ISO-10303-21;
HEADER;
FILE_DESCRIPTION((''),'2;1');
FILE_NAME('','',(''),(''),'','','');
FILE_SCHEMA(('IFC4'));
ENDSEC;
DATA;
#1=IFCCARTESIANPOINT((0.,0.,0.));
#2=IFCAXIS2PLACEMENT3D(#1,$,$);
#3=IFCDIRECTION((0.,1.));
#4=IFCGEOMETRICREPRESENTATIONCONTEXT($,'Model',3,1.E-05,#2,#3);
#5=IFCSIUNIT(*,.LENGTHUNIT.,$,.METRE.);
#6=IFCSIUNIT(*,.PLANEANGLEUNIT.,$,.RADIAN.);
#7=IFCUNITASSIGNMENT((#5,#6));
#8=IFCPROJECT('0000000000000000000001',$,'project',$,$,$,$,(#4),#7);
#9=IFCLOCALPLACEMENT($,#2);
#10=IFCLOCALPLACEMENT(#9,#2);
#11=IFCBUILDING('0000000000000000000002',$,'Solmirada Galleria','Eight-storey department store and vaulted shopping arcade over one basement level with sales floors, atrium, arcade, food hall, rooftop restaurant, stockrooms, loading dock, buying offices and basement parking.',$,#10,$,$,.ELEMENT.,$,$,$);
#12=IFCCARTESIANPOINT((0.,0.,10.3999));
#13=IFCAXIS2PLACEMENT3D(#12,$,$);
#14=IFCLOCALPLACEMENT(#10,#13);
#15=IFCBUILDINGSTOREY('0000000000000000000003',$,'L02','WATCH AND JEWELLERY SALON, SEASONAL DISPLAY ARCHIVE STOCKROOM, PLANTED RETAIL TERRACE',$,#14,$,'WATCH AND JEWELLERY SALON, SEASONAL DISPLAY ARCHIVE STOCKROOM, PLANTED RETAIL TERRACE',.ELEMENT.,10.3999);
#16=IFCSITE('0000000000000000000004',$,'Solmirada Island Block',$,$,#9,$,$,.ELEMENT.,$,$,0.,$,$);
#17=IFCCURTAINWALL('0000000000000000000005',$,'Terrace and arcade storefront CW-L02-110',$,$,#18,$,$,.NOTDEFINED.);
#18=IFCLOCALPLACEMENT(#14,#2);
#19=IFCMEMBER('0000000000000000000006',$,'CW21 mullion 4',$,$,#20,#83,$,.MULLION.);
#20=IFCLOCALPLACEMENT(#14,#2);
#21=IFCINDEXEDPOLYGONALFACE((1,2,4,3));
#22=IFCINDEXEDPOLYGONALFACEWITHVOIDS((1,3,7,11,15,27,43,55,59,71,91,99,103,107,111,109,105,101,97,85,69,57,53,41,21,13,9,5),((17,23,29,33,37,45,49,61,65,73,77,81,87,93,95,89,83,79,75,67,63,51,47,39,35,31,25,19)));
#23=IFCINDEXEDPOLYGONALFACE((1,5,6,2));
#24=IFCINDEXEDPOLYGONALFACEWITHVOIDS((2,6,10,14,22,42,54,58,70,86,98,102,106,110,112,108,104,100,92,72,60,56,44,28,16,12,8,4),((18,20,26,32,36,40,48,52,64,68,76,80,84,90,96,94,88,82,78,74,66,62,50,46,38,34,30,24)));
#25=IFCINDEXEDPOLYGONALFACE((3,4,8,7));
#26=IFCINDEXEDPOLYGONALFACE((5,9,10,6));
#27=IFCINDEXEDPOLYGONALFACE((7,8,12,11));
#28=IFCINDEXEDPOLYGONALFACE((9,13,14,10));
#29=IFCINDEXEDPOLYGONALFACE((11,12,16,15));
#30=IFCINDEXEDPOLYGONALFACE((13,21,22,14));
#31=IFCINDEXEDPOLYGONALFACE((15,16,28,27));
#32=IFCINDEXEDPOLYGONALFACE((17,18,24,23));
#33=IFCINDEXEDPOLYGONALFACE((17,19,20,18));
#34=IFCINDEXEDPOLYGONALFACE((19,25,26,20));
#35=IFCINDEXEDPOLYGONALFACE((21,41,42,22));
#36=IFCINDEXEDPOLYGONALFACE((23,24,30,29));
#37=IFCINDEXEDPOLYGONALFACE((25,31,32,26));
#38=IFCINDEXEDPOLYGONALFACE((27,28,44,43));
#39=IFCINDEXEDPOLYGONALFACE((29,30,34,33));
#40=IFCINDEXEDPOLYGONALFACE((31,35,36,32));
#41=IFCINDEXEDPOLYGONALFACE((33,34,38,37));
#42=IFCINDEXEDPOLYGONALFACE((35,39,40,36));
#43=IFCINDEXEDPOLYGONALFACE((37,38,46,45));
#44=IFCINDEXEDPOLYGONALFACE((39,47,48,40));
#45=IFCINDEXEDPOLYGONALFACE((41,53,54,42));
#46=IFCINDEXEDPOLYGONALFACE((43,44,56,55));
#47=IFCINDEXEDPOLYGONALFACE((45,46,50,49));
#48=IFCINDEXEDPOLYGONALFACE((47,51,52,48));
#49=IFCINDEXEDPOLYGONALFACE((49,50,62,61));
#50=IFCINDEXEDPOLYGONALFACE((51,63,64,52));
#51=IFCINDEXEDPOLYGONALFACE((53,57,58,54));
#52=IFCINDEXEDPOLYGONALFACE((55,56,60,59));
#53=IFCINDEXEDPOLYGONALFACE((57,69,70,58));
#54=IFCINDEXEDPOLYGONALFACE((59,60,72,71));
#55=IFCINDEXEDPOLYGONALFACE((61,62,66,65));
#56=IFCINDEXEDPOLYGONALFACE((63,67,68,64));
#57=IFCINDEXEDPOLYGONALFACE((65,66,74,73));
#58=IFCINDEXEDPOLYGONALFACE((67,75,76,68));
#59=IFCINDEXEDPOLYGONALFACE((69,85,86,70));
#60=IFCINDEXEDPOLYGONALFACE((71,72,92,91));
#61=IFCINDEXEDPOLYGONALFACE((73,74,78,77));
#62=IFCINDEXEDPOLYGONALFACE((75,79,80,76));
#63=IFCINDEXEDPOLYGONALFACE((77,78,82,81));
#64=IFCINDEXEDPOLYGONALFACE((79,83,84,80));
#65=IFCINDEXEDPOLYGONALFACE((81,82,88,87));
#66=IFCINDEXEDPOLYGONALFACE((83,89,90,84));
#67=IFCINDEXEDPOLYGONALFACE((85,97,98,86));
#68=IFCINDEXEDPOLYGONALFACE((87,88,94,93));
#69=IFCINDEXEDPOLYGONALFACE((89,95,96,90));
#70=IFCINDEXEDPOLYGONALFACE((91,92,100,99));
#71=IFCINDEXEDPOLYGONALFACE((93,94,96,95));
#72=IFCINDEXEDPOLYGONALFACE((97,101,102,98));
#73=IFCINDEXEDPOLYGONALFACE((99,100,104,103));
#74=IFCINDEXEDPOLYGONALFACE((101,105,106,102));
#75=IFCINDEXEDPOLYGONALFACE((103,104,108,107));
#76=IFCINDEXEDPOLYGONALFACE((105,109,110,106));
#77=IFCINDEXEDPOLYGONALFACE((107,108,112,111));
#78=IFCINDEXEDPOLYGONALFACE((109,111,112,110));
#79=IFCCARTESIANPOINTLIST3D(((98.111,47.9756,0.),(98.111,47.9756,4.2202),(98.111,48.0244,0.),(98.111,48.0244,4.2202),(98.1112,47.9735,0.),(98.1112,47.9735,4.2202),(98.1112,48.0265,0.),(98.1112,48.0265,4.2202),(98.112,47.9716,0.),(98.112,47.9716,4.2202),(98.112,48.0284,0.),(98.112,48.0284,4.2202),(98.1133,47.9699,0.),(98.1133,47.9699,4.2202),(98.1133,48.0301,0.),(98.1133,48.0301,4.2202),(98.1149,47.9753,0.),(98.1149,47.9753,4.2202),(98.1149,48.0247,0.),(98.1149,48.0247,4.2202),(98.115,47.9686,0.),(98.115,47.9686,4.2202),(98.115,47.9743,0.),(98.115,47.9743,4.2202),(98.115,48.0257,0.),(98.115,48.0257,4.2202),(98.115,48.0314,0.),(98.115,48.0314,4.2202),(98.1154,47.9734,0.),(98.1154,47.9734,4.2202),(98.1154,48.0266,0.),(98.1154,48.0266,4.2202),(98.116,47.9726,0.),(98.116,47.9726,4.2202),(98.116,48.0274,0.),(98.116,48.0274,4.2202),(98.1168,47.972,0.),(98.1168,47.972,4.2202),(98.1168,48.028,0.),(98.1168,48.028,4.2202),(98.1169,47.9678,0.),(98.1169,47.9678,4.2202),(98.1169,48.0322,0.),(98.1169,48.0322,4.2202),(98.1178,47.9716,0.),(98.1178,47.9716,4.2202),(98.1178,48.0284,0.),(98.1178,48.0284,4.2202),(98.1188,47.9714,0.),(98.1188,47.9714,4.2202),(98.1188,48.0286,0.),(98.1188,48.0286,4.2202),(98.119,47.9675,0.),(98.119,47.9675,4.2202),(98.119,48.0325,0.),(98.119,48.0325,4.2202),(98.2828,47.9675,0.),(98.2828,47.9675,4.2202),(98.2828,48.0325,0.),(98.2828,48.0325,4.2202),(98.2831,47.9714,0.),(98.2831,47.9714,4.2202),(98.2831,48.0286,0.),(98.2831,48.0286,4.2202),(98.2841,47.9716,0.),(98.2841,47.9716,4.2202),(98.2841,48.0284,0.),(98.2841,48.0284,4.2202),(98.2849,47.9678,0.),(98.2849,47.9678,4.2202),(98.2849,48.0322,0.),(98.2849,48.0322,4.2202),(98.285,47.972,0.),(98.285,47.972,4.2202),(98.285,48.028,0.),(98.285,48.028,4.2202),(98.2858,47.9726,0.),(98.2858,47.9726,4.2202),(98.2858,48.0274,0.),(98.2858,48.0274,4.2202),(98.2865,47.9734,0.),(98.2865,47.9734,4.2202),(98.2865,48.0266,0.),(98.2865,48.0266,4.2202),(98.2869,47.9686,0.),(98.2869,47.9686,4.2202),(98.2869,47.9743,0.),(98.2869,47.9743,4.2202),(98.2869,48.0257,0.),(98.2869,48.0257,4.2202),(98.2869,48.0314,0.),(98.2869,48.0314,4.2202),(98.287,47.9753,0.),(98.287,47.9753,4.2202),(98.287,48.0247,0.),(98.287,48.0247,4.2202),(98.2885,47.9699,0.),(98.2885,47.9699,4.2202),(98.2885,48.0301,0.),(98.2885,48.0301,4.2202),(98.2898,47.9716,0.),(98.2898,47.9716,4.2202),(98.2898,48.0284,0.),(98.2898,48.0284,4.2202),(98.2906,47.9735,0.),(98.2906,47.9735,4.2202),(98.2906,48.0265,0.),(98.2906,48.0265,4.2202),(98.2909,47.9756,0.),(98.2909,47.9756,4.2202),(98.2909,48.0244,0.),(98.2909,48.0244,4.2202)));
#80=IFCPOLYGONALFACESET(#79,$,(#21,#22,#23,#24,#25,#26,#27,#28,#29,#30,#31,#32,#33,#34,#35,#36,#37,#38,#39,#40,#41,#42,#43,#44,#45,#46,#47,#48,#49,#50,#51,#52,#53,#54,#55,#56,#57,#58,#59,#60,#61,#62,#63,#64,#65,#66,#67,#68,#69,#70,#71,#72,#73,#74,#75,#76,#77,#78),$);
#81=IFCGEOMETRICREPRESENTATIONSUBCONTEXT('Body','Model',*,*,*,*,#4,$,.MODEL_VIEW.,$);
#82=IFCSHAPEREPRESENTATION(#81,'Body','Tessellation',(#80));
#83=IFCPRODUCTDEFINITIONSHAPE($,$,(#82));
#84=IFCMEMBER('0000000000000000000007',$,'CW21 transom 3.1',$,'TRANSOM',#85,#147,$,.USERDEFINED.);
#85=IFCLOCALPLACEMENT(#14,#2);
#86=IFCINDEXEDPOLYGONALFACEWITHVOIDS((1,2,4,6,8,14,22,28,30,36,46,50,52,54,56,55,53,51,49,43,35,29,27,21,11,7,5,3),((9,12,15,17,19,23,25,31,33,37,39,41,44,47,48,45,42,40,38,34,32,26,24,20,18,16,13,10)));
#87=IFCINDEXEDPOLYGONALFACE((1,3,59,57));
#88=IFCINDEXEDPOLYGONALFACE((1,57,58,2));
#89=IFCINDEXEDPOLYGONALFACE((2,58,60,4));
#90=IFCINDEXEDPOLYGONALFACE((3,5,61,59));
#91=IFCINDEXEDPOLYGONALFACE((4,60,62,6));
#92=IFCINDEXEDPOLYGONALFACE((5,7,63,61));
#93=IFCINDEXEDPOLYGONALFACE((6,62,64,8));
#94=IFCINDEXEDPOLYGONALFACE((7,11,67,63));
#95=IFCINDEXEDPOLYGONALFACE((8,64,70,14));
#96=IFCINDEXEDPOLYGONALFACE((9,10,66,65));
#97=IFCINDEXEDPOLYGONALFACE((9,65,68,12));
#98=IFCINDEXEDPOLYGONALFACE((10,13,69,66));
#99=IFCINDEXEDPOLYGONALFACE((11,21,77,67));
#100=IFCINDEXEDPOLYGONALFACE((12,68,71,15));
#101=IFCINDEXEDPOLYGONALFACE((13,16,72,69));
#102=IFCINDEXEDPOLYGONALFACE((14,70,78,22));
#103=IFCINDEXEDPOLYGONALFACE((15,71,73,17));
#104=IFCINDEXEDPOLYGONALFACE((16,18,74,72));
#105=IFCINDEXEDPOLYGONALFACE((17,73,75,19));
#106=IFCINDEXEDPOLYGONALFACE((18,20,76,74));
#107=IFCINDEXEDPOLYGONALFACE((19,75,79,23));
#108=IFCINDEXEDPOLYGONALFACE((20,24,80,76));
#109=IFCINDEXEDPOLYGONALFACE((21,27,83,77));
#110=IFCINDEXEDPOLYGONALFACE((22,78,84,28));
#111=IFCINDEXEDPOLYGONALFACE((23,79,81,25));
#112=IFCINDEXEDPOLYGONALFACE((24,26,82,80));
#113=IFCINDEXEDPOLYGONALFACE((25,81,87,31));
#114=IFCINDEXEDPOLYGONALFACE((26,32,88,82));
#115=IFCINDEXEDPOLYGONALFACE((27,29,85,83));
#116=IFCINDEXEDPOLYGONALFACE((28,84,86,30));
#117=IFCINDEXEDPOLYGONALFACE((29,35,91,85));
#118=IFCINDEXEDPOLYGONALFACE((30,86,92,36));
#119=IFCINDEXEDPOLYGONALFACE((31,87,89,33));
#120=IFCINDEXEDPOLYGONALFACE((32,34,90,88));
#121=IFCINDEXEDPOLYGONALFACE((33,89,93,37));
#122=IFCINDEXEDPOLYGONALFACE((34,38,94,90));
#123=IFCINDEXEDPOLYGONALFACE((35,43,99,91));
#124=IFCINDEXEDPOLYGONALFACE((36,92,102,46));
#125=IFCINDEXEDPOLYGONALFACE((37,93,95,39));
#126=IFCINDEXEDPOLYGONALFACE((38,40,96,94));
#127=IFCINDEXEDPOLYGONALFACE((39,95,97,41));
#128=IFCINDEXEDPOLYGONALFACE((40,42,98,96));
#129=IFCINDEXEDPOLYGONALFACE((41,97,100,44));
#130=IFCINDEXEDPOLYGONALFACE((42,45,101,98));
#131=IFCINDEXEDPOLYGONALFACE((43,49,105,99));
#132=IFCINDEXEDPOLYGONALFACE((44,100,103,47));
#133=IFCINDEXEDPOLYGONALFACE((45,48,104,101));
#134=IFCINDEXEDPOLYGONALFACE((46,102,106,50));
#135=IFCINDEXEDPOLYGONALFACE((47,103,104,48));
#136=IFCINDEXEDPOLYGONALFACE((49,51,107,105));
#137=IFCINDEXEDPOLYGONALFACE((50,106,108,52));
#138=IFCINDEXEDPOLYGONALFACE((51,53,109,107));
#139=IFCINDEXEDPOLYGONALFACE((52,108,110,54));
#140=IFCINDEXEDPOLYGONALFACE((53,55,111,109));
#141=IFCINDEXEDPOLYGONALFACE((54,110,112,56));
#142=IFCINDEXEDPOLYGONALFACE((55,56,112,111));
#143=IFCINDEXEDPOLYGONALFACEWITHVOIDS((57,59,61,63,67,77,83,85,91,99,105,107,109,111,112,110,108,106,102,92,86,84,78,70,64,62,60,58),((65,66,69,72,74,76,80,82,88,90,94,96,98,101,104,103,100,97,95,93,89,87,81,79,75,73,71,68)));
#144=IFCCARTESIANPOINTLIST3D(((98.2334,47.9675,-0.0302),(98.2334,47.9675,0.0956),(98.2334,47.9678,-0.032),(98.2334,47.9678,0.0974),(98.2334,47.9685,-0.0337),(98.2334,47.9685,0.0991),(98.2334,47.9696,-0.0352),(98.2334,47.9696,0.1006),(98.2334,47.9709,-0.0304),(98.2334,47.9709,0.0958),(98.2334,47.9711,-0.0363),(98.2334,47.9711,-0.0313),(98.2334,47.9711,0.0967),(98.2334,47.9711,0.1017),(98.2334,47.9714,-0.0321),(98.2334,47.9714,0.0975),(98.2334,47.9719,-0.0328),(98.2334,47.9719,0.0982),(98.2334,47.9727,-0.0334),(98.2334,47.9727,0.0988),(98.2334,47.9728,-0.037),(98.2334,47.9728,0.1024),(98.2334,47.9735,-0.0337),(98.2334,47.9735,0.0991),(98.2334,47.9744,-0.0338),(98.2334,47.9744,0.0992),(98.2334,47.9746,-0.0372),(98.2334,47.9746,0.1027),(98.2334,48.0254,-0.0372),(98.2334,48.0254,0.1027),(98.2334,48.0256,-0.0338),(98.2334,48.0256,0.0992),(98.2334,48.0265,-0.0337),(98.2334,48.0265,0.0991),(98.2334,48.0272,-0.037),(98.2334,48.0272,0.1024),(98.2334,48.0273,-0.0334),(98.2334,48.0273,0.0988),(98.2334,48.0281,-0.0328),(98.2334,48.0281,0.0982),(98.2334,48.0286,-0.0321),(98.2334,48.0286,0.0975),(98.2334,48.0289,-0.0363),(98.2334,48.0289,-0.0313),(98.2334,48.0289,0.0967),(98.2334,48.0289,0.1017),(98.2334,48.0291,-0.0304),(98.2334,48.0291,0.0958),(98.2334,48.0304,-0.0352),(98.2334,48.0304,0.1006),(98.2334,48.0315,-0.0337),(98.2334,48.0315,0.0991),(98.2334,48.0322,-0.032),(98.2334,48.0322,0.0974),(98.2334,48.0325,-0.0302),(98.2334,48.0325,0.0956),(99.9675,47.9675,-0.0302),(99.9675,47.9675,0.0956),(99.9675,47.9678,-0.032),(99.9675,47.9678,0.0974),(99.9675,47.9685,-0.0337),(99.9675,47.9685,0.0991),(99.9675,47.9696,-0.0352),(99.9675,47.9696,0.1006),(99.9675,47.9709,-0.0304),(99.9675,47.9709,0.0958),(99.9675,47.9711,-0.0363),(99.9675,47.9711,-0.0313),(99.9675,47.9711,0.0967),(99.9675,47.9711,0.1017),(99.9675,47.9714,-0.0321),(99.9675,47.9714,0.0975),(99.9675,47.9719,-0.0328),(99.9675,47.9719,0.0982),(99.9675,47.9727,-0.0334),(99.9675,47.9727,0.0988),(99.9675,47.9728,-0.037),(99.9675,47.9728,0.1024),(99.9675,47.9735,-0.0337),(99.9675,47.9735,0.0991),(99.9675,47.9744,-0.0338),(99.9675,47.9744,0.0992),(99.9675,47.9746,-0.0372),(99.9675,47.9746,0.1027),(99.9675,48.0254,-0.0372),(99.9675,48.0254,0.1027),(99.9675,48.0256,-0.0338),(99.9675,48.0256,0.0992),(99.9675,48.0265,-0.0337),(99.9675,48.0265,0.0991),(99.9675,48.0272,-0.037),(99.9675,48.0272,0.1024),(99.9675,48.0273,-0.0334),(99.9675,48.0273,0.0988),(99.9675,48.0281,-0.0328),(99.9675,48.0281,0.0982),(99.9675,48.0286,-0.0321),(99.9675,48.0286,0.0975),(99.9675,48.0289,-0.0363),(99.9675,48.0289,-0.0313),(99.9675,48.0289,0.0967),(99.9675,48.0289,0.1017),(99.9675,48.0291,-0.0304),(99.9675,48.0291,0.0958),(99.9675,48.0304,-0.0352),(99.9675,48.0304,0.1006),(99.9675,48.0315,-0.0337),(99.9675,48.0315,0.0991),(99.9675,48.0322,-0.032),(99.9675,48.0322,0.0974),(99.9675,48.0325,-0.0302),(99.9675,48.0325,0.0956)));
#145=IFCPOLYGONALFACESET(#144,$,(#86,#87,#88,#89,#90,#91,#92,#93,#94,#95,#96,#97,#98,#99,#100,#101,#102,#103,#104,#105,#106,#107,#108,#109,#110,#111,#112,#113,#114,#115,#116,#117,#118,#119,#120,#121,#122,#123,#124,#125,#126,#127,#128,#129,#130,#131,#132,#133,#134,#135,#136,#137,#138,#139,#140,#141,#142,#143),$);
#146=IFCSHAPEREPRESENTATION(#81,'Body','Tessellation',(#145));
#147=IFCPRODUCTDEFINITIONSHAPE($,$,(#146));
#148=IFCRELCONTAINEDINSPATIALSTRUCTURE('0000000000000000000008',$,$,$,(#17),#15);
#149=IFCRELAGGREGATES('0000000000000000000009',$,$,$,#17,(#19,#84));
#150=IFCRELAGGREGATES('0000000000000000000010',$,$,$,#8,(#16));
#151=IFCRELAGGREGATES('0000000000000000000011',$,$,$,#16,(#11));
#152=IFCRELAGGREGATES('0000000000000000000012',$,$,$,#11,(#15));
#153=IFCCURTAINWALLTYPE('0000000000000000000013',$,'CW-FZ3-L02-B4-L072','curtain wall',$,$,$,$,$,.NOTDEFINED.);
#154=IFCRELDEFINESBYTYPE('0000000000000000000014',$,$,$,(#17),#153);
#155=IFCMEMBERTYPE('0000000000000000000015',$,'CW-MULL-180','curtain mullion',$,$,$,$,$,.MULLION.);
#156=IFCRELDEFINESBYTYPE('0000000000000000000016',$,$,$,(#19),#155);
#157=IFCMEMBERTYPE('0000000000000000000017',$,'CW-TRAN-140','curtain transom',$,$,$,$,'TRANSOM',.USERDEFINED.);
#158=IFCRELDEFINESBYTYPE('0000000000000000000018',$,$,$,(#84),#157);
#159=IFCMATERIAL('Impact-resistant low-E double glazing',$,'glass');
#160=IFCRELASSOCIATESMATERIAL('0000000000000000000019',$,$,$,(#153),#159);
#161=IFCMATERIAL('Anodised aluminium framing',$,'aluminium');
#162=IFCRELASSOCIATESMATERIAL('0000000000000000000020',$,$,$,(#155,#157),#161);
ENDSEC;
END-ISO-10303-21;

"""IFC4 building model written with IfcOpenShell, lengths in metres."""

from ifc_helpers import new_model, si_unit, direction, frame, origin, origin_2d, place, context, subcontext, project, spatial, hollow_rectangle, extrude, material, material_profile, profile_set, type_object, element, aggregate, save


model = new_model("IFC4")

# Units and contexts
model_context = context("Model", 3, precision=1e-05, world=origin(), true_north=direction((0.0, 1.0)))
body_context = subcontext(model_context, "Body", "Model", "MODEL_VIEW")
ifc_project = project(units=[si_unit("LENGTHUNIT", "METRE"), si_unit("PLANEANGLEUNIT", "RADIAN")], contexts=[model_context])

# Site, building, storey
site_placement = place(None, origin())
site = spatial("IfcSite", under=ifc_project, at=site_placement, Name="Solmirada Island Block", CompositionType="ELEMENT", RefElevation=0.0)
building_placement = place(site_placement, origin())
building = spatial("IfcBuilding", under=site, at=building_placement, Name="Solmirada Galleria", Description="Eight-storey department store and vaulted shopping arcade over one basement level with sales floors, atrium, arcade, food hall, rooftop restaurant, stockrooms, loading dock, buying offices and basement parking.", CompositionType="ELEMENT")
storey_placement = place(building_placement, frame((0.0, 0.0, 10.3999)))
storey = spatial("IfcBuildingStorey", under=building, at=storey_placement, Name="L02", Description="WATCH AND JEWELLERY SALON, SEASONAL DISPLAY ARCHIVE STOCKROOM, PLANTED RETAIL TERRACE", LongName="WATCH AND JEWELLERY SALON, SEASONAL DISPLAY ARCHIVE STOCKROOM, PLANTED RETAIL TERRACE", CompositionType="ELEMENT", Elevation=10.3999)

# Curtain wall, members
ifc_material_1 = material(Name="Impact-resistant low-E double glazing", Category="glass")
curtain_wall_type = type_object("IfcCurtainWallType", Name="CW-FZ3-L02-B4-L072", Description="curtain wall", PredefinedType="NOTDEFINED", material=ifc_material_1)
curtain_wall_placement = place(storey_placement, origin())
curtain_wall = element("IfcCurtainWall", 1, at=curtain_wall_placement, inside=storey, type_object=curtain_wall_type, Name="Terrace and arcade storefront CW-L02-110", PredefinedType="NOTDEFINED")
ifc_material_2 = material(Name="Anodised aluminium framing", Category="aluminium")
ifc_material_profile_1 = material_profile(ifc_material_2, hollow_rectangle(XDim=0.0649, YDim=0.1799, WallThickness=0.0039, InnerFilletRadius=0.0039, OuterFilletRadius=0.0081, at=origin_2d()), Name="ALU-MULL-180X65")
ifc_profile_set_1 = profile_set([ifc_material_profile_1], Name="Anodised aluminium framing")
member_type_1 = type_object("IfcMemberType", Name="CW-MULL-180", Description="curtain mullion", PredefinedType="MULLION", material=ifc_profile_set_1)
member_1_placement = place(storey_placement, frame((98.2009, 48.0, 0.0), z_axis=(0.0, 0.0, 1.0), x_axis=(0.0, -1.0, 0.0)))
member_1 = element("IfcMember", 2, at=member_1_placement, type_object=member_type_1, Name="CW21 mullion 4", PredefinedType="MULLION", context=body_context, shape_type="SweptSolid", body=[
    extrude(hollow_rectangle(XDim=0.0649, YDim=0.1799, WallThickness=0.0039, InnerFilletRadius=0.0039, OuterFilletRadius=0.0081, at=origin_2d()), origin(), (0.0, 0.0, 1.0), 4.2202),
])
ifc_material_profile_2 = material_profile(ifc_material_2, hollow_rectangle(XDim=0.0649, YDim=0.1399, WallThickness=0.0034, InnerFilletRadius=0.0034, OuterFilletRadius=0.0071, at=origin_2d()), Name="ALU-TRAN-140X65")
ifc_profile_set_2 = profile_set([ifc_material_profile_2], Name="Anodised aluminium framing")
member_type_2 = type_object("IfcMemberType", Name="CW-TRAN-140", Description="curtain transom", ElementType="TRANSOM", PredefinedType="USERDEFINED", material=ifc_profile_set_2)
member_2_placement = place(storey_placement, frame((99.9675, 48.0, 0.0327), z_axis=(-1.0, 0.0, 0.0), x_axis=(0.0, -1.0, 0.0)))
member_2 = element("IfcMember", 3, at=member_2_placement, type_object=member_type_2, Name="CW21 transom 3.1", ObjectType="TRANSOM", PredefinedType="USERDEFINED", context=body_context, shape_type="SweptSolid", body=[
    extrude(hollow_rectangle(XDim=0.0649, YDim=0.1399, WallThickness=0.0034, InnerFilletRadius=0.0034, OuterFilletRadius=0.0071, at=origin_2d()), origin(), (0.0, 0.0, 1.0), 1.7341),
])
aggregate(curtain_wall, [member_1, member_2])

save(model, "model.ifc")
